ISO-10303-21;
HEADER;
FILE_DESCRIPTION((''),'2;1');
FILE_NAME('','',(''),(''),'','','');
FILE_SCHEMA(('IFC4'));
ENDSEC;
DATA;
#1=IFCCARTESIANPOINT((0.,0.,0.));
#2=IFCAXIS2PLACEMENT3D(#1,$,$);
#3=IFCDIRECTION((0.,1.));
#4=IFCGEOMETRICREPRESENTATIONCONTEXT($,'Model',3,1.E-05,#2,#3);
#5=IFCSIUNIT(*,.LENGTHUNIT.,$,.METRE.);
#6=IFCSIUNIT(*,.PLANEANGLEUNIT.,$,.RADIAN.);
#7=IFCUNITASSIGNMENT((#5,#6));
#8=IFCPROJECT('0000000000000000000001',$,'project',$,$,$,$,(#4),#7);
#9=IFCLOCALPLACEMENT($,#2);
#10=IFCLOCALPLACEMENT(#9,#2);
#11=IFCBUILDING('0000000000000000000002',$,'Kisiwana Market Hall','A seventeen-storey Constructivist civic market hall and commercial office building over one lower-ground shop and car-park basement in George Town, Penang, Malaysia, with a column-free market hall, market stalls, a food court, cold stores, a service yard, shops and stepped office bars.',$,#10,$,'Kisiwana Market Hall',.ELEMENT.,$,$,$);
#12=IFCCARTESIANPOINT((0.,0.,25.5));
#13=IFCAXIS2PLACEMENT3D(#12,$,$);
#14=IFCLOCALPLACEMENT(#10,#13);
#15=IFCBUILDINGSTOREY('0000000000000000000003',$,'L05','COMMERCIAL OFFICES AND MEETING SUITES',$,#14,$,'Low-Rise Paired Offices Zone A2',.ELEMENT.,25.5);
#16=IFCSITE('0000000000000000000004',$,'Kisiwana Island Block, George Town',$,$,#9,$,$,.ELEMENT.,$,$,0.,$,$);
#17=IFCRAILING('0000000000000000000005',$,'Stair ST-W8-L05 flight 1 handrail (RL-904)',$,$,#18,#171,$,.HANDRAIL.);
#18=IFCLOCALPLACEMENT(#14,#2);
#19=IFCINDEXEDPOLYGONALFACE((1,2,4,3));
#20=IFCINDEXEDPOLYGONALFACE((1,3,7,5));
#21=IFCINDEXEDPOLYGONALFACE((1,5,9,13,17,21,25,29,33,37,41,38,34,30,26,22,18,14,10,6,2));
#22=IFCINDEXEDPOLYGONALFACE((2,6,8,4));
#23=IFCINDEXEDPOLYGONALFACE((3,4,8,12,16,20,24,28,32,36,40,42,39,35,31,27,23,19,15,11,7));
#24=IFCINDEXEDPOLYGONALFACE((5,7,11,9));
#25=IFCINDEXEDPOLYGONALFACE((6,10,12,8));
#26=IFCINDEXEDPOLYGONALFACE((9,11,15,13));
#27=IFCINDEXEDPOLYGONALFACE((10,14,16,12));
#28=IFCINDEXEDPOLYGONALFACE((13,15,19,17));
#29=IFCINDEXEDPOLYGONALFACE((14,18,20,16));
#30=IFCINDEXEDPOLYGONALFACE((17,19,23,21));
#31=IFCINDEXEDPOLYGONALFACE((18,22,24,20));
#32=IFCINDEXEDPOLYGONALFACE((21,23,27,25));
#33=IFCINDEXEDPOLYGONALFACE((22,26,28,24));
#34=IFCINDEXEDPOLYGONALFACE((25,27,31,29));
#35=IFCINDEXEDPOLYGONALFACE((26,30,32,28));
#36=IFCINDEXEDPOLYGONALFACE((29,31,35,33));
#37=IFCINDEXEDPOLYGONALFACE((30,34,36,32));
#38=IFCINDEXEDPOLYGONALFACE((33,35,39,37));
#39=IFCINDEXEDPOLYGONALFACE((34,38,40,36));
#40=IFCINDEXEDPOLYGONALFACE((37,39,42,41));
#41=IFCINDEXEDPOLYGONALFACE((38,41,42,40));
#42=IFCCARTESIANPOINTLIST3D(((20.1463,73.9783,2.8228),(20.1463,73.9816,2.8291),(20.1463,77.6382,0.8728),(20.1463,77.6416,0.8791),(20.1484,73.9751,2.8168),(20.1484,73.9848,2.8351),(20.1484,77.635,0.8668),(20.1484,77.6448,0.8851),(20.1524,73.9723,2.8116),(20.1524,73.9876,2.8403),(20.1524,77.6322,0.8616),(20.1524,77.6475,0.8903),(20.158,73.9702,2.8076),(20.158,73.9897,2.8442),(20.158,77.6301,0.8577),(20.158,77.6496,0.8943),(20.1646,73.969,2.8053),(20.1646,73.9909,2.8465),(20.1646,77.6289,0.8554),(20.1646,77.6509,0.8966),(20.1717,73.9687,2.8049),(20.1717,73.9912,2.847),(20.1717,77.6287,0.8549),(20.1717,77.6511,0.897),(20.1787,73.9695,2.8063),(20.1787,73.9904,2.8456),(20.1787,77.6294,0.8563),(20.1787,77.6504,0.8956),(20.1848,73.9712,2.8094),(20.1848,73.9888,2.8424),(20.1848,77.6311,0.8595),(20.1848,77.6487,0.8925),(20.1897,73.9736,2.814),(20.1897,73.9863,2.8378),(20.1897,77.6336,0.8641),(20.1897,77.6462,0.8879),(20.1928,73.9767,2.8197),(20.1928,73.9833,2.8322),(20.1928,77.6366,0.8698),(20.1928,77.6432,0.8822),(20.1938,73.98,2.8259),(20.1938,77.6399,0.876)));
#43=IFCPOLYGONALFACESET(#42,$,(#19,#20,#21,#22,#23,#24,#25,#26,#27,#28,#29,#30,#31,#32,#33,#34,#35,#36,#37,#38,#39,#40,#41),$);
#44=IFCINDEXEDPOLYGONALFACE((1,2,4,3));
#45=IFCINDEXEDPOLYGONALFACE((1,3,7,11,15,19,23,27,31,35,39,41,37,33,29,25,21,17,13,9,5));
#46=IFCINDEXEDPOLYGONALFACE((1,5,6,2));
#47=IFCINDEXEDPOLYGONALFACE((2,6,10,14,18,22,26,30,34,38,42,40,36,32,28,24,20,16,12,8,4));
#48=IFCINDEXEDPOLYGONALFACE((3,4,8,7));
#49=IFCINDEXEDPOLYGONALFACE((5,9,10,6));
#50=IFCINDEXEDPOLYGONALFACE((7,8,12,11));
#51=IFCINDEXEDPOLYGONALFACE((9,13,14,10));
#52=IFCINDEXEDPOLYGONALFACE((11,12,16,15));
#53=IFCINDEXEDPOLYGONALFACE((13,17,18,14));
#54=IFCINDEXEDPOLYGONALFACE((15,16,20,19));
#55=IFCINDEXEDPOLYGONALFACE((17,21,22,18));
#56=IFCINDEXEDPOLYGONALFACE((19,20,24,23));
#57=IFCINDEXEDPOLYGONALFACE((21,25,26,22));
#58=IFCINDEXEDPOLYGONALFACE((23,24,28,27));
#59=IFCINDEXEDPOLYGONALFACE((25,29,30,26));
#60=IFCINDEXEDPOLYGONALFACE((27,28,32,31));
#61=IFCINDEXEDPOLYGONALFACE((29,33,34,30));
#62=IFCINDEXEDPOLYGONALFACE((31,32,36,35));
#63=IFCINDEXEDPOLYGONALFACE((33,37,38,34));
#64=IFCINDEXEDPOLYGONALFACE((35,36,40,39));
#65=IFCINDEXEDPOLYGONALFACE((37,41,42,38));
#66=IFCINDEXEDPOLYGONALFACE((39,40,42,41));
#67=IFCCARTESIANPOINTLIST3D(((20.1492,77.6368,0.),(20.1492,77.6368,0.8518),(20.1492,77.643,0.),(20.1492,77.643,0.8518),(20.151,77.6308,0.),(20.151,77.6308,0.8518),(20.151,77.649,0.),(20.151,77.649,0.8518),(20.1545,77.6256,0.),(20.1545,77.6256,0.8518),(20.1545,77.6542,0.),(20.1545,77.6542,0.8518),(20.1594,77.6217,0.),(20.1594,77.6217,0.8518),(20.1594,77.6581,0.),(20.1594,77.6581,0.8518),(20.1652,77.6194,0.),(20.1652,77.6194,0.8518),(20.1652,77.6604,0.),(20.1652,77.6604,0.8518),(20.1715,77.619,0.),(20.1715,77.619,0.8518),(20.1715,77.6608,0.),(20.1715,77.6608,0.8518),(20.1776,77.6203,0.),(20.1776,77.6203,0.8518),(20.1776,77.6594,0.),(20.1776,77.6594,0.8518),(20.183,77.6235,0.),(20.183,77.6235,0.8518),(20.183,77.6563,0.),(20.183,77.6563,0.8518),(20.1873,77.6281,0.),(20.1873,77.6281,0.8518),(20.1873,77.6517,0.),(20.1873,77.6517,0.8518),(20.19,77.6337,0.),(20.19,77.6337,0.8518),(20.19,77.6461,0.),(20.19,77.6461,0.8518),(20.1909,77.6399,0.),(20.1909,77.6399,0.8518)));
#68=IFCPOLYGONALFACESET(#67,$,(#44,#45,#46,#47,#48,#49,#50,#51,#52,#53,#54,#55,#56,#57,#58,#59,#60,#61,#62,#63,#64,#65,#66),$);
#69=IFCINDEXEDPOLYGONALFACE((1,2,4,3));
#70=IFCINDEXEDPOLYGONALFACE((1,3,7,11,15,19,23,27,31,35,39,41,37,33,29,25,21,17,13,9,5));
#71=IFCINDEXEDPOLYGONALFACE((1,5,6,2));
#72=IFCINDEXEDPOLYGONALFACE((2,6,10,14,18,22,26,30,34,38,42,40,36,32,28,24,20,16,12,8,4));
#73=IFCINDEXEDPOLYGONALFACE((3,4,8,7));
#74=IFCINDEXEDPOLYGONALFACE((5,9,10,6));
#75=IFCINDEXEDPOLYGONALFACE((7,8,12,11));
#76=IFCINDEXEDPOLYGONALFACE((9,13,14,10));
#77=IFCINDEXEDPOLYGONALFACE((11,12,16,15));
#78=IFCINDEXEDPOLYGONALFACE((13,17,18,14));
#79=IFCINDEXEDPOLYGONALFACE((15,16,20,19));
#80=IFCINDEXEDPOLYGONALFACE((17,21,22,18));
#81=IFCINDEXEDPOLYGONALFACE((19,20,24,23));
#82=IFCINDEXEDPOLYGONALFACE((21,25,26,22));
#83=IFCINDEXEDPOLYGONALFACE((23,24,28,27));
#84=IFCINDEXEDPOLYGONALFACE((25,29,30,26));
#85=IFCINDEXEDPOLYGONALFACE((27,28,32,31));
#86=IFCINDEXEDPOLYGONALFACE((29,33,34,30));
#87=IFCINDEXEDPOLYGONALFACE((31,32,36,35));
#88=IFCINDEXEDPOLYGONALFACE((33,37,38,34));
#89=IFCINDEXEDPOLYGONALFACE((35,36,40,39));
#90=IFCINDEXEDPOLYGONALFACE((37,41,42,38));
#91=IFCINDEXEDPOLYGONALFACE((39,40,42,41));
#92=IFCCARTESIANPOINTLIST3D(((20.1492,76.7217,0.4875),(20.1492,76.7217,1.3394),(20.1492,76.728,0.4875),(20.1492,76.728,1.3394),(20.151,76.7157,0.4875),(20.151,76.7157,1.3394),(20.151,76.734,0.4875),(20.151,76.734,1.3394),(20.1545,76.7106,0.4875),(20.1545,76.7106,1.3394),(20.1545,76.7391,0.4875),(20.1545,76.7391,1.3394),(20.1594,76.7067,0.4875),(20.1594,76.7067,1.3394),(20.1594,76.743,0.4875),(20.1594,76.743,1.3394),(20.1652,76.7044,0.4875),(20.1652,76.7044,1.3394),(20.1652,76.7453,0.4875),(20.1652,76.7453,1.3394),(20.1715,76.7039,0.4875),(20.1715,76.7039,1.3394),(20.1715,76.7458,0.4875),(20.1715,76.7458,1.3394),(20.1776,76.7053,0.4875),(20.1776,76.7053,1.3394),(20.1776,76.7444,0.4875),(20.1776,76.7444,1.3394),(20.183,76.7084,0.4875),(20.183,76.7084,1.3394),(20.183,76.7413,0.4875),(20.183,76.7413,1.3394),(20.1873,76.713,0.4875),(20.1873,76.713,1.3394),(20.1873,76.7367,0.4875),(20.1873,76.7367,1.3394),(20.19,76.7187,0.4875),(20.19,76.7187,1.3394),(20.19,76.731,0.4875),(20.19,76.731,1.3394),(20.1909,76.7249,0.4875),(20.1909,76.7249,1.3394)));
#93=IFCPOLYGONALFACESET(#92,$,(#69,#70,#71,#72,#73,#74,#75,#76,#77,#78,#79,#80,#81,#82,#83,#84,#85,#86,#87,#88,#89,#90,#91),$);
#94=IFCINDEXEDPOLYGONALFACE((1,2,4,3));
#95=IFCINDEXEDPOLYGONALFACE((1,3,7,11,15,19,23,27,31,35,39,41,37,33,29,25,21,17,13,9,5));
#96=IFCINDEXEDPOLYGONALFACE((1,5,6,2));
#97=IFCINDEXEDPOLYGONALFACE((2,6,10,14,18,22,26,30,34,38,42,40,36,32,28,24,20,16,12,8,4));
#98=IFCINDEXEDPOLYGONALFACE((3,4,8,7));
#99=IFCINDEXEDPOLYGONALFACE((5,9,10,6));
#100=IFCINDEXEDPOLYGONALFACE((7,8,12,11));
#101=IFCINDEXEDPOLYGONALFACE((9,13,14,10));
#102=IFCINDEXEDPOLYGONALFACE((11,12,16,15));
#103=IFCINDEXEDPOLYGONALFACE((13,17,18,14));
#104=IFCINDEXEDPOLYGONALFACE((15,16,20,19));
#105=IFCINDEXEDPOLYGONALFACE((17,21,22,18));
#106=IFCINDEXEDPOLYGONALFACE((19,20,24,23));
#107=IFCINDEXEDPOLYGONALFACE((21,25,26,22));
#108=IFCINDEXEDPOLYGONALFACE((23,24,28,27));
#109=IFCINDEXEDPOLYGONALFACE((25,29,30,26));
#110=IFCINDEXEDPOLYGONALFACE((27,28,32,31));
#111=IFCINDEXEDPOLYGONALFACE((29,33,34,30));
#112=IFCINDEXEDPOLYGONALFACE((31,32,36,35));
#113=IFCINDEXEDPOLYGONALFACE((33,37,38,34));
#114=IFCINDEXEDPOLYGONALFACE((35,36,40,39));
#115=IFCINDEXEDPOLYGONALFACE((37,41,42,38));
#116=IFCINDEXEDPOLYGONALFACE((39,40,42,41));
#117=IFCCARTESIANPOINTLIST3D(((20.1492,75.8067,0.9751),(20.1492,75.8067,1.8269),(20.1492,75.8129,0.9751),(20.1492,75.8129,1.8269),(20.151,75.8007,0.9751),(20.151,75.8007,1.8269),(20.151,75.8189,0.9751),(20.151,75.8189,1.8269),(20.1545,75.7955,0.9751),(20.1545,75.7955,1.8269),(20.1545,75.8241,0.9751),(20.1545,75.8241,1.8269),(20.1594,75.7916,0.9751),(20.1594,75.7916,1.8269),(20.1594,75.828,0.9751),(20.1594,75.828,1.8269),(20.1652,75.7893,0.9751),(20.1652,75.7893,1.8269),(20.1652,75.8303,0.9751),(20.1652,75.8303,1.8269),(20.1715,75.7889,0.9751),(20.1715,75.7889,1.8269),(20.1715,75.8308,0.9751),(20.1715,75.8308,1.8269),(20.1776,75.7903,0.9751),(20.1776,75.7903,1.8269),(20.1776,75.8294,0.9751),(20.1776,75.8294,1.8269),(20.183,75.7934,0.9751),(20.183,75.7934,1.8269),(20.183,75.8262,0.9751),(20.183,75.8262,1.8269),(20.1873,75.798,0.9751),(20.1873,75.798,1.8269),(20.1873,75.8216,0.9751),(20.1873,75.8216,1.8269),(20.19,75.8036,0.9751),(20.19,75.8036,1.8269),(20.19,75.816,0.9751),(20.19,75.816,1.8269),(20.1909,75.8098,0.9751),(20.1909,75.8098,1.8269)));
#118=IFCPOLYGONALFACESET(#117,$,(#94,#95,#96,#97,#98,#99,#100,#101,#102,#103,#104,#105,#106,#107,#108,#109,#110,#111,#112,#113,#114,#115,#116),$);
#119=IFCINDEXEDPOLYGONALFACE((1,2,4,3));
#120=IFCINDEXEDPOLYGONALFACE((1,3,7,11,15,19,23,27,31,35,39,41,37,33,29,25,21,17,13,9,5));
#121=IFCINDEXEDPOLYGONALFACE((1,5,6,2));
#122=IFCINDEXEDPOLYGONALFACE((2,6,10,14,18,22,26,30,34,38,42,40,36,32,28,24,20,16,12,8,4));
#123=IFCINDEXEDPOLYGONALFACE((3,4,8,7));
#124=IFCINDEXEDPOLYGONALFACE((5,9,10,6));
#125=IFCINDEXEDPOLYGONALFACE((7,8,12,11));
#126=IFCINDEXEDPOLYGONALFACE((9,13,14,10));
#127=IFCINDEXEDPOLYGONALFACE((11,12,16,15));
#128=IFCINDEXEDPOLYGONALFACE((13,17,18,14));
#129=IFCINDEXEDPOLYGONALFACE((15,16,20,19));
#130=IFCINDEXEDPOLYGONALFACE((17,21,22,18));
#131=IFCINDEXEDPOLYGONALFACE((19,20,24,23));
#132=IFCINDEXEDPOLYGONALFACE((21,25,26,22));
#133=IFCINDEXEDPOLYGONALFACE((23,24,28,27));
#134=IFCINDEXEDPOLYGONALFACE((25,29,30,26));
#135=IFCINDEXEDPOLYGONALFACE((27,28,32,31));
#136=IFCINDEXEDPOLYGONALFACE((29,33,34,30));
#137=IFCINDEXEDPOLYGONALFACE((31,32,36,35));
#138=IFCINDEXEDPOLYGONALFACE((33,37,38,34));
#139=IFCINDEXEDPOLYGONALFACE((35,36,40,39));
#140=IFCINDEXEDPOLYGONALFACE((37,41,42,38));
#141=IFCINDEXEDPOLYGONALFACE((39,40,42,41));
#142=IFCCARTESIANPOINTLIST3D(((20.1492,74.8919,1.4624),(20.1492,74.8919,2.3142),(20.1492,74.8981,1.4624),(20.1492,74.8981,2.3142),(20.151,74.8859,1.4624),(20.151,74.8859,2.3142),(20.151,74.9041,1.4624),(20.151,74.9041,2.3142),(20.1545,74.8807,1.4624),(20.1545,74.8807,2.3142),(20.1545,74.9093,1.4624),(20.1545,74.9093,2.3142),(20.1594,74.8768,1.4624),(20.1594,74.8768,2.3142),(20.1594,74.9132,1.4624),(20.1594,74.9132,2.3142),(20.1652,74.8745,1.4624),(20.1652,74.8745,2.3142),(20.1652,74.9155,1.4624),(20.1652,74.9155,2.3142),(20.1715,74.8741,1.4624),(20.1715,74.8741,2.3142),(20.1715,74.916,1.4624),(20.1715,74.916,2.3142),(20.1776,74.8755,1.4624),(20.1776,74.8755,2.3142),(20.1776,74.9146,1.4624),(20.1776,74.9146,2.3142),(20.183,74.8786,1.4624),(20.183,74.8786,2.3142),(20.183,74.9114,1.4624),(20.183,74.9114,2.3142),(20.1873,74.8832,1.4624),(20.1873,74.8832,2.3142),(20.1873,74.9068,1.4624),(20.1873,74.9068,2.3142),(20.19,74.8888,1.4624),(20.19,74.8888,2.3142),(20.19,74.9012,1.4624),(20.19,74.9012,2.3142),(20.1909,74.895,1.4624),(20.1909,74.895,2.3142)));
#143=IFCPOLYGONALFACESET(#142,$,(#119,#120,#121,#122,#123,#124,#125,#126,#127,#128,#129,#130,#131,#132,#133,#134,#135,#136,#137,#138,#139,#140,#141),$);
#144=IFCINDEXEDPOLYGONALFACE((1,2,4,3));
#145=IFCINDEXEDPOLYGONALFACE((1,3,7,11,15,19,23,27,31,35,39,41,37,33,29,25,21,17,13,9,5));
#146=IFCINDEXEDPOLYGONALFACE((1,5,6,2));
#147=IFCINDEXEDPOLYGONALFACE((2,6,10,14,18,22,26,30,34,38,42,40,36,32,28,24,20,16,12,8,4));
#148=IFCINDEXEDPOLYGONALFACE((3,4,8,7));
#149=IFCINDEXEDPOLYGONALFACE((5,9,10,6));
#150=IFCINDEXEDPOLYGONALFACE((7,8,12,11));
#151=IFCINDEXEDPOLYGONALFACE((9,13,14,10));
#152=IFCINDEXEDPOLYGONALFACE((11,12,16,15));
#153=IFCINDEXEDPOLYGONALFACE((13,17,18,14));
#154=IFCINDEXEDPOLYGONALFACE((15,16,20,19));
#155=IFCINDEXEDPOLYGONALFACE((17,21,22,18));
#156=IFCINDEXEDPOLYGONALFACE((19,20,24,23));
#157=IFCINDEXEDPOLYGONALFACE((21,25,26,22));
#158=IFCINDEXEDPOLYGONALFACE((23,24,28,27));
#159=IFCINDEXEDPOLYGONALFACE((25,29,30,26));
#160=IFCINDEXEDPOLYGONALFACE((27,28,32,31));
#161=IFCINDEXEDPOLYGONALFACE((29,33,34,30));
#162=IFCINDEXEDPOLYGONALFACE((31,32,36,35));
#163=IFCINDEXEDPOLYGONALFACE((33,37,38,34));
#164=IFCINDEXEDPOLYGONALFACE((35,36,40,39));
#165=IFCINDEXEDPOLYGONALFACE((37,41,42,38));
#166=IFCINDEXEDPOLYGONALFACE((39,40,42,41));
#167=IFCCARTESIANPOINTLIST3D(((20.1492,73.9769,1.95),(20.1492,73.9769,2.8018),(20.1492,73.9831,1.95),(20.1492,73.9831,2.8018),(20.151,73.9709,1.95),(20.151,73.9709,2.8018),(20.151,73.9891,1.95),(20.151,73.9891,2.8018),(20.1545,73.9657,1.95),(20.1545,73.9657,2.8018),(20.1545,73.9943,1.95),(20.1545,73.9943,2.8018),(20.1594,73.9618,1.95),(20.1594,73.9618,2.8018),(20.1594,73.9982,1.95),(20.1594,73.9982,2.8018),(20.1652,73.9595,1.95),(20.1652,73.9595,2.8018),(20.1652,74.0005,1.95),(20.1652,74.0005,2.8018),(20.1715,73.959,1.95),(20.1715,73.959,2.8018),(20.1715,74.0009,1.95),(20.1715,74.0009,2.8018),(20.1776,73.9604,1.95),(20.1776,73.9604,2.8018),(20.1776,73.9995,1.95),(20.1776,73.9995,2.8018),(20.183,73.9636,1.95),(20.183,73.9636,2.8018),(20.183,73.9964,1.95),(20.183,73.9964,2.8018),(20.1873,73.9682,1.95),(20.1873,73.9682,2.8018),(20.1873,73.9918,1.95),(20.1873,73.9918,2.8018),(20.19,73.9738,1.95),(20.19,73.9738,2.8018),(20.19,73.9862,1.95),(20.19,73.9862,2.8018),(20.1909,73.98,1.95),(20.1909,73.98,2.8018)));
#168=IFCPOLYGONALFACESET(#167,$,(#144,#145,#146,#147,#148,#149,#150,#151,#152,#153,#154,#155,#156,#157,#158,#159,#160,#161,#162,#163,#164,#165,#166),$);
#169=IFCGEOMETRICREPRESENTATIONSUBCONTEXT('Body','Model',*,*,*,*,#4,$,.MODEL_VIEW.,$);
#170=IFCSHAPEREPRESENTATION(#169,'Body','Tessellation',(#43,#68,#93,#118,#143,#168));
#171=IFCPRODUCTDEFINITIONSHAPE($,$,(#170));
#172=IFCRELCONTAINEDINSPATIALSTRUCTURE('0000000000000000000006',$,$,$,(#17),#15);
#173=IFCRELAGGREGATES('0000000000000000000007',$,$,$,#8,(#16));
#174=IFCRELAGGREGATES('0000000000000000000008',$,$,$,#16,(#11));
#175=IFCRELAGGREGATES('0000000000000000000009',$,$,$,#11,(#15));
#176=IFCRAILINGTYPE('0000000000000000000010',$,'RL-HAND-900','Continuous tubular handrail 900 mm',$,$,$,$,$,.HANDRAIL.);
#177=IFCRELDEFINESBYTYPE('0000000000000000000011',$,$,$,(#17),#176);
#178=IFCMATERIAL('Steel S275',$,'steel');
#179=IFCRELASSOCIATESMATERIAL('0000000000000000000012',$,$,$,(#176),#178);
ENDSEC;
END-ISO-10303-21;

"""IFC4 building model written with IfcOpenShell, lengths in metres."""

from ifc_helpers import new_model, si_unit, direction, frame, origin, origin_2d, place, context, subcontext, project, spatial, circle, extrude, material, type_object, element, save


model = new_model("IFC4")

# Units and contexts
model_context = context("Model", 3, precision=1e-05, world=origin(), true_north=direction((0.0, 1.0)))
body_context = subcontext(model_context, "Body", "Model", "MODEL_VIEW")
ifc_project = project(units=[si_unit("LENGTHUNIT", "METRE"), si_unit("PLANEANGLEUNIT", "RADIAN")], contexts=[model_context])

# Site, building, storey
site_placement = place(None, origin())
site = spatial("IfcSite", under=ifc_project, at=site_placement, Name="Kisiwana Island Block, George Town", CompositionType="ELEMENT", RefElevation=0.0)
building_placement = place(site_placement, origin())
building = spatial("IfcBuilding", under=site, at=building_placement, Name="Kisiwana Market Hall", Description="A seventeen-storey Constructivist civic market hall and commercial office building over one lower-ground shop and car-park basement in George Town, Penang, Malaysia, with a column-free market hall, market stalls, a food court, cold stores, a service yard, shops and stepped office bars.", LongName="Kisiwana Market Hall", CompositionType="ELEMENT")
storey_placement = place(building_placement, frame((0.0, 0.0, 25.5)))
storey = spatial("IfcBuildingStorey", under=building, at=storey_placement, Name="L05", Description="COMMERCIAL OFFICES AND MEETING SUITES", LongName="Low-Rise Paired Offices Zone A2", CompositionType="ELEMENT", Elevation=25.5)

# Railing
ifc_material_1 = material(Name="Steel S275", Category="steel")
railing_type_1 = type_object("IfcRailingType", Name="RL-HAND-900", Description="Continuous tubular handrail 900 mm", PredefinedType="HANDRAIL", material=ifc_material_1)
for number, where, name in (
    (1, (20.1699, 77.6399, 0.0), "Stair ST-W8-L05 flight 1 handrail (RL-904)"),
):
    element("IfcRailing", number, at=place(storey_placement, frame(where)), inside=storey, type_object=railing_type_1, Name=name, PredefinedType="HANDRAIL", context=body_context, shape_type="SweptSolid", body=[
        extrude(circle(Radius=0.0239, at=origin_2d()), frame((0.0, 0.0, 0.876), z_axis=(0.0, -0.882553, 0.470212), x_axis=(1.0, 0.0, 0.0)), (0.0, 0.0, 1.0), 4.147),
        extrude(circle(Radius=0.021, at=origin_2d()), origin(), (0.0, 0.0, 1.0), 0.8518),
        extrude(circle(Radius=0.021, at=origin_2d()), frame((0.0, -0.915, 0.4875)), (0.0, 0.0, 1.0), 0.8518),
        extrude(circle(Radius=0.021, at=origin_2d()), frame((0.0, -1.8301, 0.9751)), (0.0, 0.0, 1.0), 0.8518),
        extrude(circle(Radius=0.021, at=origin_2d()), frame((0.0, -2.7449, 1.4624)), (0.0, 0.0, 1.0), 0.8518),
        extrude(circle(Radius=0.021, at=origin_2d()), frame((0.0, -3.6599, 1.95)), (0.0, 0.0, 1.0), 0.8518),
    ])

save(model, "model.ifc")
